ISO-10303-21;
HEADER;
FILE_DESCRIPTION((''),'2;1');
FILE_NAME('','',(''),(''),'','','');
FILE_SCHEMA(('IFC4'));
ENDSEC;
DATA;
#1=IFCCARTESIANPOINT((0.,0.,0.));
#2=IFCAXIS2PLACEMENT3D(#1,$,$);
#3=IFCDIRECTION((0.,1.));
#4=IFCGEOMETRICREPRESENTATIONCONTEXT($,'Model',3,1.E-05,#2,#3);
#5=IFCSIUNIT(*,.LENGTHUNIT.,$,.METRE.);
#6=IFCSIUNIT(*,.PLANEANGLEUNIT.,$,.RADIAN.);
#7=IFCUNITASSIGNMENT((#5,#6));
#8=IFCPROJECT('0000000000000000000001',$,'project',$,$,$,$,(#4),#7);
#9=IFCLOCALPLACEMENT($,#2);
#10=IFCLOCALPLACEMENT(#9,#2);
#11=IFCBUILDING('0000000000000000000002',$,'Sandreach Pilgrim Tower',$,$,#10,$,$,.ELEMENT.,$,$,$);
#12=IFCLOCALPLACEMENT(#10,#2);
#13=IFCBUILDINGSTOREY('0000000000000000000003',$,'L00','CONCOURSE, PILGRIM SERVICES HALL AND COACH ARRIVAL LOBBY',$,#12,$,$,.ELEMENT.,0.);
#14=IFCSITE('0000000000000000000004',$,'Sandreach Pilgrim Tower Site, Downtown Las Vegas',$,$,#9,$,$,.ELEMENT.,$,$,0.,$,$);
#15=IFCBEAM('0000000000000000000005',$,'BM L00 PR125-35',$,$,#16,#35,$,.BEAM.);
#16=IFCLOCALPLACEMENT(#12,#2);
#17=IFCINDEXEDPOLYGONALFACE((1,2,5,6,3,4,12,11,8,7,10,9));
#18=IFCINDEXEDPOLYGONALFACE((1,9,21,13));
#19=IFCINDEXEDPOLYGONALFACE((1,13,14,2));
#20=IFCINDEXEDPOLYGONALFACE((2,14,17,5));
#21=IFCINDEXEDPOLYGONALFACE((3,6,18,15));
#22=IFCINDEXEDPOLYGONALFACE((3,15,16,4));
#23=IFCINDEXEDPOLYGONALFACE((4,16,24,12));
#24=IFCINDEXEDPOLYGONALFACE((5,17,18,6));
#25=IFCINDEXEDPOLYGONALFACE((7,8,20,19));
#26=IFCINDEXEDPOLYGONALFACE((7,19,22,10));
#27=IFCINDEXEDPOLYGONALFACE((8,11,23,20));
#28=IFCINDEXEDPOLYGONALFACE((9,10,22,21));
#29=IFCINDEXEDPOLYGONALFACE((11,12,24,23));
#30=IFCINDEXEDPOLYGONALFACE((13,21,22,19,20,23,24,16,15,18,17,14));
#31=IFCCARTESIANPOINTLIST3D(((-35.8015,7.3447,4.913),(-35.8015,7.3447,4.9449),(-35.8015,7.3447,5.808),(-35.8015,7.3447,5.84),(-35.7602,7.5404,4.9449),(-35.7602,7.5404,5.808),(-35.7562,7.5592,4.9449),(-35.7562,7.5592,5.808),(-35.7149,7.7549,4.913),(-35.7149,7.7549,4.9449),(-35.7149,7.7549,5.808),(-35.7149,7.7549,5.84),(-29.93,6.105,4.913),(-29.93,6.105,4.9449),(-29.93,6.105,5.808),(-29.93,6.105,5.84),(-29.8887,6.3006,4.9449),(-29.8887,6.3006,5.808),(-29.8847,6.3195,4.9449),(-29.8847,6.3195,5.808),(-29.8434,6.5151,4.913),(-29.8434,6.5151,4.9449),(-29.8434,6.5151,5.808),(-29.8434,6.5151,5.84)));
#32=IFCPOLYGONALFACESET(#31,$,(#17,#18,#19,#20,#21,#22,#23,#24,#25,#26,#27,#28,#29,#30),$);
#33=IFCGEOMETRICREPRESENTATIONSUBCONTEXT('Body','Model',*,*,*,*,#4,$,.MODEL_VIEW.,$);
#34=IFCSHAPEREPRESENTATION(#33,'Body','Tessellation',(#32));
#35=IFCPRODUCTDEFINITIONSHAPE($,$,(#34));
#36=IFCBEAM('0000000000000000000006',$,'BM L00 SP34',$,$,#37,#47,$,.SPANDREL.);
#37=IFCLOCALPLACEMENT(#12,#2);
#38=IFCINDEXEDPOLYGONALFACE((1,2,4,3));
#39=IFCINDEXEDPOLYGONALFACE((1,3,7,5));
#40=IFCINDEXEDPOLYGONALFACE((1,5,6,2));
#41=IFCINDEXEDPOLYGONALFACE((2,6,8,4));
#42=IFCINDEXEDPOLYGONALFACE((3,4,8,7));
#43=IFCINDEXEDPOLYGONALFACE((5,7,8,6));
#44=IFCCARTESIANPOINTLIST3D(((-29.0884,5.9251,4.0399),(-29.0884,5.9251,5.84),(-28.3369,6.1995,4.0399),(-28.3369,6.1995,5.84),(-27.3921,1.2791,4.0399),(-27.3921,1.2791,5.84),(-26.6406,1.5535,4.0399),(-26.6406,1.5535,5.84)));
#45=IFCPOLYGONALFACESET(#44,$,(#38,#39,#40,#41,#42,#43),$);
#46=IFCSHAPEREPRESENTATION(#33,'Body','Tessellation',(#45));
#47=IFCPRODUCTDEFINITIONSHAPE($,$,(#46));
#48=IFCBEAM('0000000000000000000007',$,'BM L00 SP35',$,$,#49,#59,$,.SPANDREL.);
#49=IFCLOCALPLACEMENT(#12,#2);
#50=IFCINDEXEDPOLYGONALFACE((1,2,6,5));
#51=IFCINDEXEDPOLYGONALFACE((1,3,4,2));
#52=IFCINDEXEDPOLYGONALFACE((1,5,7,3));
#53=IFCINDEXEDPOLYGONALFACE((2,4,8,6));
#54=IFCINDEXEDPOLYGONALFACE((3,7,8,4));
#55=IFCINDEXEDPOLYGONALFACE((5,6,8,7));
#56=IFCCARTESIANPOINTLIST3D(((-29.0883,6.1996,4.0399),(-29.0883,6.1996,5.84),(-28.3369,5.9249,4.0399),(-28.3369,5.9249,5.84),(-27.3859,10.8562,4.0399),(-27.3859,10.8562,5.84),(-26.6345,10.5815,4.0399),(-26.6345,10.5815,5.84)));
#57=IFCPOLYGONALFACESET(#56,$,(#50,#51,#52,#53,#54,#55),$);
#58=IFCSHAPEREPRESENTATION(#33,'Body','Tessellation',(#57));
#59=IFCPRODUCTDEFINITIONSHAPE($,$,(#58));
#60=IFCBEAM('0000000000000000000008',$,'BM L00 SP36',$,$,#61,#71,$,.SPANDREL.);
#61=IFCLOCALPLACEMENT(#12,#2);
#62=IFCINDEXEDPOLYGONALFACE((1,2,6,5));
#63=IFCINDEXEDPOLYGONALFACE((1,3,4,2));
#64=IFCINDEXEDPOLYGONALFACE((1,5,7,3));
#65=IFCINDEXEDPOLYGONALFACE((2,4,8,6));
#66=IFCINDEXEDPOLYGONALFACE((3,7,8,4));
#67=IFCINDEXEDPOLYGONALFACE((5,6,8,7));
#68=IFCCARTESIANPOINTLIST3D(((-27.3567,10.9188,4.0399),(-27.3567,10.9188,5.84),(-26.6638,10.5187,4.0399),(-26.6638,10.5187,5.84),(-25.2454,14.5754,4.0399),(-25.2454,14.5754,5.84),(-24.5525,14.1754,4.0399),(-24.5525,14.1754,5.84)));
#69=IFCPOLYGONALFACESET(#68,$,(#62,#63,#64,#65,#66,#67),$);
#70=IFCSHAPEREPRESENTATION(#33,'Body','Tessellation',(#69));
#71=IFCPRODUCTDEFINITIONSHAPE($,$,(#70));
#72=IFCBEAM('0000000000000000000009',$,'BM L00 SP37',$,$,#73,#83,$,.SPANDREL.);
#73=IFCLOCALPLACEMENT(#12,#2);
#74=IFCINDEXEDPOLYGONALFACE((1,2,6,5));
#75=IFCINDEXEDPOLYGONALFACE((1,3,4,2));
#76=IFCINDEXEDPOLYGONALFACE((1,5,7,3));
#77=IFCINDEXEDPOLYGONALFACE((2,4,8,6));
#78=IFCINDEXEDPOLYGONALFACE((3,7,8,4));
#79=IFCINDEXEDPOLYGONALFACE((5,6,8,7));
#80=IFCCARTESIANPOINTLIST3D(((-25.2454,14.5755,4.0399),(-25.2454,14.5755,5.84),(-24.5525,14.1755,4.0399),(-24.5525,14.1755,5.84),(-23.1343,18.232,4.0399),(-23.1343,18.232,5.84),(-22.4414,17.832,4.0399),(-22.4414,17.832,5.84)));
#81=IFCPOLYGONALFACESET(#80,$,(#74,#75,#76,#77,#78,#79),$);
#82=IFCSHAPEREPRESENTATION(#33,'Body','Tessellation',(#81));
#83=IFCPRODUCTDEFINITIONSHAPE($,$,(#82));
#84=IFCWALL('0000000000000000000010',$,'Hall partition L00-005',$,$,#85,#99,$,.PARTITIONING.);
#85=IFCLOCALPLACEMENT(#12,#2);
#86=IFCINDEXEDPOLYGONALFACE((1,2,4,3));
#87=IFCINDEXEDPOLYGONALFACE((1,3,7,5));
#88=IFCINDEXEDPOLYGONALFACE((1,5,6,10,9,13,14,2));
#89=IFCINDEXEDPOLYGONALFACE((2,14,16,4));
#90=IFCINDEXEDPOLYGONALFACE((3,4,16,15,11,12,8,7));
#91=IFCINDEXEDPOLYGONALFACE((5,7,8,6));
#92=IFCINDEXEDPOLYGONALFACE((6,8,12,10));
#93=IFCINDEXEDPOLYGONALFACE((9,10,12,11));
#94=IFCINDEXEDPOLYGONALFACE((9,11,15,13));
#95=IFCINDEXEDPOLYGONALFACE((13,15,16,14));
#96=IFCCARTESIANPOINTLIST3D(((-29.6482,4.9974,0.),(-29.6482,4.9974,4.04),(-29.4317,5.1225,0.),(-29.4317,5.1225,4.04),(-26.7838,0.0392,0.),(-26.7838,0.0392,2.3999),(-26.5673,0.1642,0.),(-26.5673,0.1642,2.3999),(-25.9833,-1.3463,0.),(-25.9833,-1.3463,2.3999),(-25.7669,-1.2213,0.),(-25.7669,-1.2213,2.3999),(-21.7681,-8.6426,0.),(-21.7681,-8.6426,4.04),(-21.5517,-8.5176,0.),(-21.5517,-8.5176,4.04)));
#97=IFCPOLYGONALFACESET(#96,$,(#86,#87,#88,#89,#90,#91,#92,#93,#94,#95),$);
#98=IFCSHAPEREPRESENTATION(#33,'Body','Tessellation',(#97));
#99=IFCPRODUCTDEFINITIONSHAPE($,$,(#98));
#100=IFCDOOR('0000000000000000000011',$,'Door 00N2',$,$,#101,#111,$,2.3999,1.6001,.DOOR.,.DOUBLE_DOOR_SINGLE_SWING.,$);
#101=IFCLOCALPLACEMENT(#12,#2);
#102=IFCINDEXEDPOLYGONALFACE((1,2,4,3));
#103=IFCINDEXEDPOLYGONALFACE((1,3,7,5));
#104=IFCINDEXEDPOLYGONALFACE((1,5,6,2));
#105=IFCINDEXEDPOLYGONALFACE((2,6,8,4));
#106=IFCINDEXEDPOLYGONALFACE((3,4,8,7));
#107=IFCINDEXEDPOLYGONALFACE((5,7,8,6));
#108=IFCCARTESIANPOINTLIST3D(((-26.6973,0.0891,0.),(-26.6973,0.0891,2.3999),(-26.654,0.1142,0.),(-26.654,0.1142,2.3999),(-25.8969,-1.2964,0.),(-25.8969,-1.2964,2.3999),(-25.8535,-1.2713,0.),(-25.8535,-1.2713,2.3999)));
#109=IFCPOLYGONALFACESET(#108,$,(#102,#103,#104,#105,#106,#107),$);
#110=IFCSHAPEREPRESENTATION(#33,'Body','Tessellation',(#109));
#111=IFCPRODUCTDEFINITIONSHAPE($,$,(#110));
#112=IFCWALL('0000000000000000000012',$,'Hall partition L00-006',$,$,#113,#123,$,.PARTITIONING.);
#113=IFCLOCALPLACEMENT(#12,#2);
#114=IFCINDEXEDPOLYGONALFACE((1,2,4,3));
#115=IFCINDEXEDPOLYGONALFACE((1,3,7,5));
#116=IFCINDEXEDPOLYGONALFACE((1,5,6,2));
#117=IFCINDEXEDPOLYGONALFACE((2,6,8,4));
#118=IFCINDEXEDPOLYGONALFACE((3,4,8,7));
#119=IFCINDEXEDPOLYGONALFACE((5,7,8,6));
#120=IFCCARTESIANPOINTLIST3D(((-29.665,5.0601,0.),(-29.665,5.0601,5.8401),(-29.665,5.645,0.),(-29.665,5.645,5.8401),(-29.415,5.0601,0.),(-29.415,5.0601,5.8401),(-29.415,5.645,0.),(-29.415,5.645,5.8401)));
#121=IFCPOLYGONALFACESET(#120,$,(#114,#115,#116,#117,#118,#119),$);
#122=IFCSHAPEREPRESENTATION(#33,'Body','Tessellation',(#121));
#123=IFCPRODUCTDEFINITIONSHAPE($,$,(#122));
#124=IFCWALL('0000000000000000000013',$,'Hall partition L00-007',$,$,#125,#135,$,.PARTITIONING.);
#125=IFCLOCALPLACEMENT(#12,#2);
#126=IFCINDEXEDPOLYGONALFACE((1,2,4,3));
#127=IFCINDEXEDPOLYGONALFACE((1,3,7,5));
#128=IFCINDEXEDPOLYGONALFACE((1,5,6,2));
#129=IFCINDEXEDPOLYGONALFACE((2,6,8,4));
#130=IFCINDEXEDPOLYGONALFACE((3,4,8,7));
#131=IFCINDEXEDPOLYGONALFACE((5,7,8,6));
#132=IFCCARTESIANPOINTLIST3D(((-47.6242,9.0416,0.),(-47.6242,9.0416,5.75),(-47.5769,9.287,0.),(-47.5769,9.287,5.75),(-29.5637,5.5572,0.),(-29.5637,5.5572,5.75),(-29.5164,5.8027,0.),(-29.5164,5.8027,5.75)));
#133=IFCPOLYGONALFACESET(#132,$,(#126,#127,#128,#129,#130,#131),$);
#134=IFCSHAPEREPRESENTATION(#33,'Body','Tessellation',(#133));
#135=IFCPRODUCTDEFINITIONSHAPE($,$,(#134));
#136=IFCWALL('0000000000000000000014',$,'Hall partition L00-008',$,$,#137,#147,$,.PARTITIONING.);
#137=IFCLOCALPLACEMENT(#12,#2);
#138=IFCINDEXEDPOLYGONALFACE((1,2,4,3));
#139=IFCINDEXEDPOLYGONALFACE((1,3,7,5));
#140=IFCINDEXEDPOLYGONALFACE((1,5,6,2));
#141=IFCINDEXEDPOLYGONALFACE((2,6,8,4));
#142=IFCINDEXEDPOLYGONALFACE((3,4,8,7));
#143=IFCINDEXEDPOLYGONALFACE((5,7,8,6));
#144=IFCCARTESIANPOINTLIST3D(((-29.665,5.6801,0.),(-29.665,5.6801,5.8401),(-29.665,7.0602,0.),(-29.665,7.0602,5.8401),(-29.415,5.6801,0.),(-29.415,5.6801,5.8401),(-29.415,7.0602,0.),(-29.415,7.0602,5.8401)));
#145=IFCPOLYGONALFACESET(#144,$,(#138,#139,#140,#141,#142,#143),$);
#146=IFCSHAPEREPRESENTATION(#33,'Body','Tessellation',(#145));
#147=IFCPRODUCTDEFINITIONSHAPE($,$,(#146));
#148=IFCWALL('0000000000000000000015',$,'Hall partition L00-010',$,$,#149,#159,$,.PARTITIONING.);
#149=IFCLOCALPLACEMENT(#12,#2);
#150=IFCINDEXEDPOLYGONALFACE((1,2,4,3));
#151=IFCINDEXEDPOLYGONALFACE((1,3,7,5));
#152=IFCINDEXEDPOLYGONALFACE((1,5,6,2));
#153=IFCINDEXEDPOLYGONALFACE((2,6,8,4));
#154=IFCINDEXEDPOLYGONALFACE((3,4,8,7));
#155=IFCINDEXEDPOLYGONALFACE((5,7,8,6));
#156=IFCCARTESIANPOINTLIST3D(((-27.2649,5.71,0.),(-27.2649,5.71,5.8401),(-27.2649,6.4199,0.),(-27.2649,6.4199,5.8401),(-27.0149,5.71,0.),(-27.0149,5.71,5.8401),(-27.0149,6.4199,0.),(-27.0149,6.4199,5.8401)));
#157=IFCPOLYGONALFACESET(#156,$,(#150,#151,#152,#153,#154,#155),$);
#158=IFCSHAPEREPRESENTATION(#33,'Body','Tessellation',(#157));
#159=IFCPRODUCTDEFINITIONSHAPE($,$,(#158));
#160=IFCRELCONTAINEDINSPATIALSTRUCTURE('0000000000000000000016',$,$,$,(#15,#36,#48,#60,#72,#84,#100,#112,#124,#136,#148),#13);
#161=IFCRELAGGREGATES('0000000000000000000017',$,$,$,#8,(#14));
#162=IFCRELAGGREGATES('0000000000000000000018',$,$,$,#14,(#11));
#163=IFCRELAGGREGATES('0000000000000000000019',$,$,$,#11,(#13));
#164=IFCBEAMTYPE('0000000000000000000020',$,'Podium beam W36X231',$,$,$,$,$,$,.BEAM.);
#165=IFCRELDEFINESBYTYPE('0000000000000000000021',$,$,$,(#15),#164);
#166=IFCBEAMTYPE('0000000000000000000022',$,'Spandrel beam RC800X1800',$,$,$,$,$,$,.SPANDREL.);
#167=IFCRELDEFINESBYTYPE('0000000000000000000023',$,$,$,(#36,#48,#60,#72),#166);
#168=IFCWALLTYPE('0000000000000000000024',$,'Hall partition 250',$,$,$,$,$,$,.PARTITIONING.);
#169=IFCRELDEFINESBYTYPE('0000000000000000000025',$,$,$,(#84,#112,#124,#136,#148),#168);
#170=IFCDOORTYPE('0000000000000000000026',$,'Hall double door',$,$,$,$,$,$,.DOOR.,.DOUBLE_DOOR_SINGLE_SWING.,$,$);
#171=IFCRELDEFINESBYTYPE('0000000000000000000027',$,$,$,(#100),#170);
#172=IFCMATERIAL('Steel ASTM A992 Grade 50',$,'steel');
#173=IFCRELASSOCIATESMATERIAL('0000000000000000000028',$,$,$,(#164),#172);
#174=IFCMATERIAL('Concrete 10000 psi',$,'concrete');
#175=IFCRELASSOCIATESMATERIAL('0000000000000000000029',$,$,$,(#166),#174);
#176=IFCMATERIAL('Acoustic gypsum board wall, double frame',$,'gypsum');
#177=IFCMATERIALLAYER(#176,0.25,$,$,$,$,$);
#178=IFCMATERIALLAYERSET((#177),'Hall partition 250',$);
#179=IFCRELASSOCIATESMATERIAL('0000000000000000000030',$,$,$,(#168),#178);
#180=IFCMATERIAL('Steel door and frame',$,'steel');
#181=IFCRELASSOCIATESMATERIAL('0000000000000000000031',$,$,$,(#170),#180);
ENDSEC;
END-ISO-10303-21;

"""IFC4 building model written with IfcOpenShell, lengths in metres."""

from ifc_helpers import new_model, si_unit, direction, frame, frame_2d, origin, origin_2d, place, context, subcontext, project, spatial, rectangle, i_section, extrude, material, layer, layer_set, material_profile, profile_set, type_object, element, fill, save


model = new_model("IFC4")

# Units and contexts
model_context = context("Model", 3, precision=1e-05, world=origin(), true_north=direction((0.0, 1.0)))
body_context = subcontext(model_context, "Body", "Model", "MODEL_VIEW")
ifc_project = project(units=[si_unit("LENGTHUNIT", "METRE"), si_unit("PLANEANGLEUNIT", "RADIAN")], contexts=[model_context])

# Site, building, storey
site_placement = place(None, origin())
site = spatial("IfcSite", under=ifc_project, at=site_placement, Name="Sandreach Pilgrim Tower Site, Downtown Las Vegas", CompositionType="ELEMENT", RefElevation=0.0)
building_placement = place(site_placement, origin())
building = spatial("IfcBuilding", under=site, at=building_placement, Name="Sandreach Pilgrim Tower", CompositionType="ELEMENT")
storey_placement = place(building_placement, origin())
storey = spatial("IfcBuildingStorey", under=building, at=storey_placement, Name="L00", Description="CONCOURSE, PILGRIM SERVICES HALL AND COACH ARRIVAL LOBBY", CompositionType="ELEMENT", Elevation=0.0)

# Beams
ifc_material_1 = material(Name="Steel ASTM A992 Grade 50", Category="steel")
ifc_material_profile_1 = material_profile(ifc_material_1, i_section(OverallWidth=0.4192, OverallDepth=0.927, WebThickness=0.0193, FlangeThickness=0.032, at=origin_2d()), Name="W36X231")
ifc_profile_set_1 = profile_set([ifc_material_profile_1], Name="Steel ASTM A992 Grade 50")
beam_type_1 = type_object("IfcBeamType", Name="Podium beam W36X231", PredefinedType="BEAM", material=ifc_profile_set_1)
beam_1_placement = place(storey_placement, frame((-29.8867, 6.3101, 5.3765), z_axis=(-0.978428, 0.206589, 0.0), x_axis=(-0.206589, -0.978428, 0.0)))
element("IfcBeam", 1, at=beam_1_placement, inside=storey, type_object=beam_type_1, Name="BM L00 PR125-35", PredefinedType="BEAM", context=body_context, shape_type="SweptSolid", body=[
    extrude(i_section(OverallWidth=0.4192, OverallDepth=0.927, WebThickness=0.0193, FlangeThickness=0.032, at=origin_2d()), origin(), (0.0, 0.0, 1.0), 6.001),
])
ifc_material_2 = material(Name="Concrete 10000 psi", Category="concrete")
ifc_material_profile_2 = material_profile(ifc_material_2, rectangle(XDim=0.8, YDim=1.8, at=origin_2d()), Name="RC800X1800")
ifc_profile_set_2 = profile_set([ifc_material_profile_2], Name="Concrete 10000 psi")
beam_type_2 = type_object("IfcBeamType", Name="Spandrel beam RC800X1800", PredefinedType="SPANDREL", material=ifc_profile_set_2)
beam_2_placement = place(storey_placement, frame((-27.0164, 1.4163, 4.9399), z_axis=(-0.342963, 0.939349, 0.0), x_axis=(-0.939349, -0.342963, 0.0)))
element("IfcBeam", 2, at=beam_2_placement, inside=storey, type_object=beam_type_2, Name="BM L00 SP34", PredefinedType="SPANDREL", context=body_context, shape_type="SweptSolid", body=[
    extrude(rectangle(XDim=0.8, YDim=1.8, at=origin_2d()), origin(), (0.0, 0.0, 1.0), 4.946),
])
beam_3_placement = place(storey_placement, frame((-28.7126, 6.0623, 4.9399), z_axis=(0.343368, 0.939201, 0.0), x_axis=(-0.939201, 0.343368, 0.0)))
element("IfcBeam", 3, at=beam_3_placement, inside=storey, type_object=beam_type_2, Name="BM L00 SP35", PredefinedType="SPANDREL", context=body_context, shape_type="SweptSolid", body=[
    extrude(rectangle(XDim=0.8, YDim=1.8, at=origin_2d()), origin(), (0.0, 0.0, 1.0), 4.958),
])
beam_4_placement = place(storey_placement, frame((-27.0103, 10.7188, 4.9399), z_axis=(0.500019, 0.866014, 0.0), x_axis=(-0.866014, 0.500019, 0.0)))
element("IfcBeam", 4, at=beam_4_placement, inside=storey, type_object=beam_type_2, Name="BM L00 SP36", PredefinedType="SPANDREL", context=body_context, shape_type="SweptSolid", body=[
    extrude(rectangle(XDim=0.8, YDim=1.8, at=origin_2d()), origin(), (0.0, 0.0, 1.0), 4.2224),
])
beam_5_placement = place(storey_placement, frame((-24.8989, 14.3755, 4.9399), z_axis=(0.500001, 0.866025, 0.0), x_axis=(-0.866025, 0.500001, 0.0)))
element("IfcBeam", 5, at=beam_5_placement, inside=storey, type_object=beam_type_2, Name="BM L00 SP37", PredefinedType="SPANDREL", context=body_context, shape_type="SweptSolid", body=[
    extrude(rectangle(XDim=0.8, YDim=1.8, at=origin_2d()), origin(), (0.0, 0.0, 1.0), 4.2222),
])

# Wall, opening, door
ifc_material_3 = material(Name="Acoustic gypsum board wall, double frame", Category="gypsum")
ifc_layer = layer(ifc_material_3, 0.25)
ifc_layer_set = layer_set([ifc_layer], Name="Hall partition 250")
wall_type = type_object("IfcWallType", Name="Hall partition 250", PredefinedType="PARTITIONING", material=ifc_layer_set)
wall_1_placement = place(storey_placement, frame((-29.54, 5.0601, 0.0), z_axis=(0.0, 0.0, 1.0), x_axis=(0.500238, -0.865888, 0.0)))
wall_1 = element("IfcWall", 6, at=wall_1_placement, inside=storey, type_object=wall_type, Name="Hall partition L00-005", PredefinedType="PARTITIONING", context=body_context, shape_type="SweptSolid", body=[
    extrude(rectangle(XDim=15.7527, YDim=0.25, at=frame_2d((7.8765, 0.0))), origin(), (0.0, 0.0, 1.0), 4.04),
])
opening_1_placement = place(wall_1_placement, frame((5.7263, 0.0, 0.0)))
opening_1 = element("IfcOpeningElement", 7, at=opening_1_placement, cuts=wall_1, PredefinedType="OPENING", context=body_context, shape_type="SweptSolid", body=[
    extrude(rectangle(XDim=1.6001, YDim=2.3999, at=frame_2d((0.8, 1.2))), frame((0.0, 0.125, 0.0), z_axis=(0.0, -1.0, 0.0), x_axis=(1.0, 0.0, 0.0)), (0.0, 0.0, 1.0), 0.25),
])
ifc_material_4 = material(Name="Steel door and frame", Category="steel")
door_type = type_object("IfcDoorType", Name="Hall double door", OperationType="DOUBLE_DOOR_SINGLE_SWING", PredefinedType="DOOR", material=ifc_material_4)
door_1_placement = place(opening_1_placement, origin())
door_1 = element("IfcDoor", 8, at=door_1_placement, inside=storey, type_object=door_type, Name="Door 00N2", OperationType="DOUBLE_DOOR_SINGLE_SWING", OverallHeight=2.3999, OverallWidth=1.6001, PredefinedType="DOOR", context=body_context, shape_type="SweptSolid", body=[
    extrude(rectangle(XDim=1.6001, YDim=2.3999, at=frame_2d((0.8, 1.2))), frame((0.0, 0.0249, 0.0), z_axis=(0.0, -1.0, 0.0), x_axis=(1.0, 0.0, 0.0)), (0.0, 0.0, 1.0), 0.05),
])
fill(opening_1, door_1)

# Walls
wall_2_placement = place(storey_placement, frame((-29.54, 5.645, 0.0), z_axis=(0.0, 0.0, 1.0), x_axis=(0.0, -1.0, 0.0)))
element("IfcWall", 9, at=wall_2_placement, inside=storey, type_object=wall_type, Name="Hall partition L00-006", PredefinedType="PARTITIONING", context=body_context, shape_type="SweptSolid", body=[
    extrude(rectangle(XDim=0.585, YDim=0.25, at=frame_2d((0.2925, 0.0))), origin(), (0.0, 0.0, 1.0), 5.8401),
])
wall_3_placement = place(storey_placement, frame((-29.54, 5.6799, 0.0), z_axis=(0.0, 0.0, 1.0), x_axis=(-0.981893, 0.189434, 0.0)))
element("IfcWall", 10, at=wall_3_placement, inside=storey, type_object=wall_type, Name="Hall partition L00-007", PredefinedType="PARTITIONING", context=body_context, shape_type="SweptSolid", body=[
    extrude(rectangle(XDim=18.3936, YDim=0.25, at=frame_2d((9.1968, 0.0))), origin(), (0.0, 0.0, 1.0), 5.75),
])
wall_4_placement = place(storey_placement, frame((-29.54, 7.0601, 0.0), z_axis=(0.0, 0.0, 1.0), x_axis=(0.0, -1.0, 0.0)))
element("IfcWall", 11, at=wall_4_placement, inside=storey, type_object=wall_type, Name="Hall partition L00-008", PredefinedType="PARTITIONING", context=body_context, shape_type="SweptSolid", body=[
    extrude(rectangle(XDim=1.3801, YDim=0.25, at=frame_2d((0.6899, 0.0))), origin(), (0.0, 0.0, 1.0), 5.8401),
])
wall_5_placement = place(storey_placement, frame((-27.1399, 5.71, 0.0), z_axis=(0.0, 0.0, 1.0), x_axis=(0.0, 1.0, 0.0)))
element("IfcWall", 12, at=wall_5_placement, inside=storey, type_object=wall_type, Name="Hall partition L00-010", PredefinedType="PARTITIONING", context=body_context, shape_type="SweptSolid", body=[
    extrude(rectangle(XDim=0.71, YDim=0.25, at=frame_2d((0.355, 0.0))), origin(), (0.0, 0.0, 1.0), 5.8401),
])

save(model, "model.ifc")
